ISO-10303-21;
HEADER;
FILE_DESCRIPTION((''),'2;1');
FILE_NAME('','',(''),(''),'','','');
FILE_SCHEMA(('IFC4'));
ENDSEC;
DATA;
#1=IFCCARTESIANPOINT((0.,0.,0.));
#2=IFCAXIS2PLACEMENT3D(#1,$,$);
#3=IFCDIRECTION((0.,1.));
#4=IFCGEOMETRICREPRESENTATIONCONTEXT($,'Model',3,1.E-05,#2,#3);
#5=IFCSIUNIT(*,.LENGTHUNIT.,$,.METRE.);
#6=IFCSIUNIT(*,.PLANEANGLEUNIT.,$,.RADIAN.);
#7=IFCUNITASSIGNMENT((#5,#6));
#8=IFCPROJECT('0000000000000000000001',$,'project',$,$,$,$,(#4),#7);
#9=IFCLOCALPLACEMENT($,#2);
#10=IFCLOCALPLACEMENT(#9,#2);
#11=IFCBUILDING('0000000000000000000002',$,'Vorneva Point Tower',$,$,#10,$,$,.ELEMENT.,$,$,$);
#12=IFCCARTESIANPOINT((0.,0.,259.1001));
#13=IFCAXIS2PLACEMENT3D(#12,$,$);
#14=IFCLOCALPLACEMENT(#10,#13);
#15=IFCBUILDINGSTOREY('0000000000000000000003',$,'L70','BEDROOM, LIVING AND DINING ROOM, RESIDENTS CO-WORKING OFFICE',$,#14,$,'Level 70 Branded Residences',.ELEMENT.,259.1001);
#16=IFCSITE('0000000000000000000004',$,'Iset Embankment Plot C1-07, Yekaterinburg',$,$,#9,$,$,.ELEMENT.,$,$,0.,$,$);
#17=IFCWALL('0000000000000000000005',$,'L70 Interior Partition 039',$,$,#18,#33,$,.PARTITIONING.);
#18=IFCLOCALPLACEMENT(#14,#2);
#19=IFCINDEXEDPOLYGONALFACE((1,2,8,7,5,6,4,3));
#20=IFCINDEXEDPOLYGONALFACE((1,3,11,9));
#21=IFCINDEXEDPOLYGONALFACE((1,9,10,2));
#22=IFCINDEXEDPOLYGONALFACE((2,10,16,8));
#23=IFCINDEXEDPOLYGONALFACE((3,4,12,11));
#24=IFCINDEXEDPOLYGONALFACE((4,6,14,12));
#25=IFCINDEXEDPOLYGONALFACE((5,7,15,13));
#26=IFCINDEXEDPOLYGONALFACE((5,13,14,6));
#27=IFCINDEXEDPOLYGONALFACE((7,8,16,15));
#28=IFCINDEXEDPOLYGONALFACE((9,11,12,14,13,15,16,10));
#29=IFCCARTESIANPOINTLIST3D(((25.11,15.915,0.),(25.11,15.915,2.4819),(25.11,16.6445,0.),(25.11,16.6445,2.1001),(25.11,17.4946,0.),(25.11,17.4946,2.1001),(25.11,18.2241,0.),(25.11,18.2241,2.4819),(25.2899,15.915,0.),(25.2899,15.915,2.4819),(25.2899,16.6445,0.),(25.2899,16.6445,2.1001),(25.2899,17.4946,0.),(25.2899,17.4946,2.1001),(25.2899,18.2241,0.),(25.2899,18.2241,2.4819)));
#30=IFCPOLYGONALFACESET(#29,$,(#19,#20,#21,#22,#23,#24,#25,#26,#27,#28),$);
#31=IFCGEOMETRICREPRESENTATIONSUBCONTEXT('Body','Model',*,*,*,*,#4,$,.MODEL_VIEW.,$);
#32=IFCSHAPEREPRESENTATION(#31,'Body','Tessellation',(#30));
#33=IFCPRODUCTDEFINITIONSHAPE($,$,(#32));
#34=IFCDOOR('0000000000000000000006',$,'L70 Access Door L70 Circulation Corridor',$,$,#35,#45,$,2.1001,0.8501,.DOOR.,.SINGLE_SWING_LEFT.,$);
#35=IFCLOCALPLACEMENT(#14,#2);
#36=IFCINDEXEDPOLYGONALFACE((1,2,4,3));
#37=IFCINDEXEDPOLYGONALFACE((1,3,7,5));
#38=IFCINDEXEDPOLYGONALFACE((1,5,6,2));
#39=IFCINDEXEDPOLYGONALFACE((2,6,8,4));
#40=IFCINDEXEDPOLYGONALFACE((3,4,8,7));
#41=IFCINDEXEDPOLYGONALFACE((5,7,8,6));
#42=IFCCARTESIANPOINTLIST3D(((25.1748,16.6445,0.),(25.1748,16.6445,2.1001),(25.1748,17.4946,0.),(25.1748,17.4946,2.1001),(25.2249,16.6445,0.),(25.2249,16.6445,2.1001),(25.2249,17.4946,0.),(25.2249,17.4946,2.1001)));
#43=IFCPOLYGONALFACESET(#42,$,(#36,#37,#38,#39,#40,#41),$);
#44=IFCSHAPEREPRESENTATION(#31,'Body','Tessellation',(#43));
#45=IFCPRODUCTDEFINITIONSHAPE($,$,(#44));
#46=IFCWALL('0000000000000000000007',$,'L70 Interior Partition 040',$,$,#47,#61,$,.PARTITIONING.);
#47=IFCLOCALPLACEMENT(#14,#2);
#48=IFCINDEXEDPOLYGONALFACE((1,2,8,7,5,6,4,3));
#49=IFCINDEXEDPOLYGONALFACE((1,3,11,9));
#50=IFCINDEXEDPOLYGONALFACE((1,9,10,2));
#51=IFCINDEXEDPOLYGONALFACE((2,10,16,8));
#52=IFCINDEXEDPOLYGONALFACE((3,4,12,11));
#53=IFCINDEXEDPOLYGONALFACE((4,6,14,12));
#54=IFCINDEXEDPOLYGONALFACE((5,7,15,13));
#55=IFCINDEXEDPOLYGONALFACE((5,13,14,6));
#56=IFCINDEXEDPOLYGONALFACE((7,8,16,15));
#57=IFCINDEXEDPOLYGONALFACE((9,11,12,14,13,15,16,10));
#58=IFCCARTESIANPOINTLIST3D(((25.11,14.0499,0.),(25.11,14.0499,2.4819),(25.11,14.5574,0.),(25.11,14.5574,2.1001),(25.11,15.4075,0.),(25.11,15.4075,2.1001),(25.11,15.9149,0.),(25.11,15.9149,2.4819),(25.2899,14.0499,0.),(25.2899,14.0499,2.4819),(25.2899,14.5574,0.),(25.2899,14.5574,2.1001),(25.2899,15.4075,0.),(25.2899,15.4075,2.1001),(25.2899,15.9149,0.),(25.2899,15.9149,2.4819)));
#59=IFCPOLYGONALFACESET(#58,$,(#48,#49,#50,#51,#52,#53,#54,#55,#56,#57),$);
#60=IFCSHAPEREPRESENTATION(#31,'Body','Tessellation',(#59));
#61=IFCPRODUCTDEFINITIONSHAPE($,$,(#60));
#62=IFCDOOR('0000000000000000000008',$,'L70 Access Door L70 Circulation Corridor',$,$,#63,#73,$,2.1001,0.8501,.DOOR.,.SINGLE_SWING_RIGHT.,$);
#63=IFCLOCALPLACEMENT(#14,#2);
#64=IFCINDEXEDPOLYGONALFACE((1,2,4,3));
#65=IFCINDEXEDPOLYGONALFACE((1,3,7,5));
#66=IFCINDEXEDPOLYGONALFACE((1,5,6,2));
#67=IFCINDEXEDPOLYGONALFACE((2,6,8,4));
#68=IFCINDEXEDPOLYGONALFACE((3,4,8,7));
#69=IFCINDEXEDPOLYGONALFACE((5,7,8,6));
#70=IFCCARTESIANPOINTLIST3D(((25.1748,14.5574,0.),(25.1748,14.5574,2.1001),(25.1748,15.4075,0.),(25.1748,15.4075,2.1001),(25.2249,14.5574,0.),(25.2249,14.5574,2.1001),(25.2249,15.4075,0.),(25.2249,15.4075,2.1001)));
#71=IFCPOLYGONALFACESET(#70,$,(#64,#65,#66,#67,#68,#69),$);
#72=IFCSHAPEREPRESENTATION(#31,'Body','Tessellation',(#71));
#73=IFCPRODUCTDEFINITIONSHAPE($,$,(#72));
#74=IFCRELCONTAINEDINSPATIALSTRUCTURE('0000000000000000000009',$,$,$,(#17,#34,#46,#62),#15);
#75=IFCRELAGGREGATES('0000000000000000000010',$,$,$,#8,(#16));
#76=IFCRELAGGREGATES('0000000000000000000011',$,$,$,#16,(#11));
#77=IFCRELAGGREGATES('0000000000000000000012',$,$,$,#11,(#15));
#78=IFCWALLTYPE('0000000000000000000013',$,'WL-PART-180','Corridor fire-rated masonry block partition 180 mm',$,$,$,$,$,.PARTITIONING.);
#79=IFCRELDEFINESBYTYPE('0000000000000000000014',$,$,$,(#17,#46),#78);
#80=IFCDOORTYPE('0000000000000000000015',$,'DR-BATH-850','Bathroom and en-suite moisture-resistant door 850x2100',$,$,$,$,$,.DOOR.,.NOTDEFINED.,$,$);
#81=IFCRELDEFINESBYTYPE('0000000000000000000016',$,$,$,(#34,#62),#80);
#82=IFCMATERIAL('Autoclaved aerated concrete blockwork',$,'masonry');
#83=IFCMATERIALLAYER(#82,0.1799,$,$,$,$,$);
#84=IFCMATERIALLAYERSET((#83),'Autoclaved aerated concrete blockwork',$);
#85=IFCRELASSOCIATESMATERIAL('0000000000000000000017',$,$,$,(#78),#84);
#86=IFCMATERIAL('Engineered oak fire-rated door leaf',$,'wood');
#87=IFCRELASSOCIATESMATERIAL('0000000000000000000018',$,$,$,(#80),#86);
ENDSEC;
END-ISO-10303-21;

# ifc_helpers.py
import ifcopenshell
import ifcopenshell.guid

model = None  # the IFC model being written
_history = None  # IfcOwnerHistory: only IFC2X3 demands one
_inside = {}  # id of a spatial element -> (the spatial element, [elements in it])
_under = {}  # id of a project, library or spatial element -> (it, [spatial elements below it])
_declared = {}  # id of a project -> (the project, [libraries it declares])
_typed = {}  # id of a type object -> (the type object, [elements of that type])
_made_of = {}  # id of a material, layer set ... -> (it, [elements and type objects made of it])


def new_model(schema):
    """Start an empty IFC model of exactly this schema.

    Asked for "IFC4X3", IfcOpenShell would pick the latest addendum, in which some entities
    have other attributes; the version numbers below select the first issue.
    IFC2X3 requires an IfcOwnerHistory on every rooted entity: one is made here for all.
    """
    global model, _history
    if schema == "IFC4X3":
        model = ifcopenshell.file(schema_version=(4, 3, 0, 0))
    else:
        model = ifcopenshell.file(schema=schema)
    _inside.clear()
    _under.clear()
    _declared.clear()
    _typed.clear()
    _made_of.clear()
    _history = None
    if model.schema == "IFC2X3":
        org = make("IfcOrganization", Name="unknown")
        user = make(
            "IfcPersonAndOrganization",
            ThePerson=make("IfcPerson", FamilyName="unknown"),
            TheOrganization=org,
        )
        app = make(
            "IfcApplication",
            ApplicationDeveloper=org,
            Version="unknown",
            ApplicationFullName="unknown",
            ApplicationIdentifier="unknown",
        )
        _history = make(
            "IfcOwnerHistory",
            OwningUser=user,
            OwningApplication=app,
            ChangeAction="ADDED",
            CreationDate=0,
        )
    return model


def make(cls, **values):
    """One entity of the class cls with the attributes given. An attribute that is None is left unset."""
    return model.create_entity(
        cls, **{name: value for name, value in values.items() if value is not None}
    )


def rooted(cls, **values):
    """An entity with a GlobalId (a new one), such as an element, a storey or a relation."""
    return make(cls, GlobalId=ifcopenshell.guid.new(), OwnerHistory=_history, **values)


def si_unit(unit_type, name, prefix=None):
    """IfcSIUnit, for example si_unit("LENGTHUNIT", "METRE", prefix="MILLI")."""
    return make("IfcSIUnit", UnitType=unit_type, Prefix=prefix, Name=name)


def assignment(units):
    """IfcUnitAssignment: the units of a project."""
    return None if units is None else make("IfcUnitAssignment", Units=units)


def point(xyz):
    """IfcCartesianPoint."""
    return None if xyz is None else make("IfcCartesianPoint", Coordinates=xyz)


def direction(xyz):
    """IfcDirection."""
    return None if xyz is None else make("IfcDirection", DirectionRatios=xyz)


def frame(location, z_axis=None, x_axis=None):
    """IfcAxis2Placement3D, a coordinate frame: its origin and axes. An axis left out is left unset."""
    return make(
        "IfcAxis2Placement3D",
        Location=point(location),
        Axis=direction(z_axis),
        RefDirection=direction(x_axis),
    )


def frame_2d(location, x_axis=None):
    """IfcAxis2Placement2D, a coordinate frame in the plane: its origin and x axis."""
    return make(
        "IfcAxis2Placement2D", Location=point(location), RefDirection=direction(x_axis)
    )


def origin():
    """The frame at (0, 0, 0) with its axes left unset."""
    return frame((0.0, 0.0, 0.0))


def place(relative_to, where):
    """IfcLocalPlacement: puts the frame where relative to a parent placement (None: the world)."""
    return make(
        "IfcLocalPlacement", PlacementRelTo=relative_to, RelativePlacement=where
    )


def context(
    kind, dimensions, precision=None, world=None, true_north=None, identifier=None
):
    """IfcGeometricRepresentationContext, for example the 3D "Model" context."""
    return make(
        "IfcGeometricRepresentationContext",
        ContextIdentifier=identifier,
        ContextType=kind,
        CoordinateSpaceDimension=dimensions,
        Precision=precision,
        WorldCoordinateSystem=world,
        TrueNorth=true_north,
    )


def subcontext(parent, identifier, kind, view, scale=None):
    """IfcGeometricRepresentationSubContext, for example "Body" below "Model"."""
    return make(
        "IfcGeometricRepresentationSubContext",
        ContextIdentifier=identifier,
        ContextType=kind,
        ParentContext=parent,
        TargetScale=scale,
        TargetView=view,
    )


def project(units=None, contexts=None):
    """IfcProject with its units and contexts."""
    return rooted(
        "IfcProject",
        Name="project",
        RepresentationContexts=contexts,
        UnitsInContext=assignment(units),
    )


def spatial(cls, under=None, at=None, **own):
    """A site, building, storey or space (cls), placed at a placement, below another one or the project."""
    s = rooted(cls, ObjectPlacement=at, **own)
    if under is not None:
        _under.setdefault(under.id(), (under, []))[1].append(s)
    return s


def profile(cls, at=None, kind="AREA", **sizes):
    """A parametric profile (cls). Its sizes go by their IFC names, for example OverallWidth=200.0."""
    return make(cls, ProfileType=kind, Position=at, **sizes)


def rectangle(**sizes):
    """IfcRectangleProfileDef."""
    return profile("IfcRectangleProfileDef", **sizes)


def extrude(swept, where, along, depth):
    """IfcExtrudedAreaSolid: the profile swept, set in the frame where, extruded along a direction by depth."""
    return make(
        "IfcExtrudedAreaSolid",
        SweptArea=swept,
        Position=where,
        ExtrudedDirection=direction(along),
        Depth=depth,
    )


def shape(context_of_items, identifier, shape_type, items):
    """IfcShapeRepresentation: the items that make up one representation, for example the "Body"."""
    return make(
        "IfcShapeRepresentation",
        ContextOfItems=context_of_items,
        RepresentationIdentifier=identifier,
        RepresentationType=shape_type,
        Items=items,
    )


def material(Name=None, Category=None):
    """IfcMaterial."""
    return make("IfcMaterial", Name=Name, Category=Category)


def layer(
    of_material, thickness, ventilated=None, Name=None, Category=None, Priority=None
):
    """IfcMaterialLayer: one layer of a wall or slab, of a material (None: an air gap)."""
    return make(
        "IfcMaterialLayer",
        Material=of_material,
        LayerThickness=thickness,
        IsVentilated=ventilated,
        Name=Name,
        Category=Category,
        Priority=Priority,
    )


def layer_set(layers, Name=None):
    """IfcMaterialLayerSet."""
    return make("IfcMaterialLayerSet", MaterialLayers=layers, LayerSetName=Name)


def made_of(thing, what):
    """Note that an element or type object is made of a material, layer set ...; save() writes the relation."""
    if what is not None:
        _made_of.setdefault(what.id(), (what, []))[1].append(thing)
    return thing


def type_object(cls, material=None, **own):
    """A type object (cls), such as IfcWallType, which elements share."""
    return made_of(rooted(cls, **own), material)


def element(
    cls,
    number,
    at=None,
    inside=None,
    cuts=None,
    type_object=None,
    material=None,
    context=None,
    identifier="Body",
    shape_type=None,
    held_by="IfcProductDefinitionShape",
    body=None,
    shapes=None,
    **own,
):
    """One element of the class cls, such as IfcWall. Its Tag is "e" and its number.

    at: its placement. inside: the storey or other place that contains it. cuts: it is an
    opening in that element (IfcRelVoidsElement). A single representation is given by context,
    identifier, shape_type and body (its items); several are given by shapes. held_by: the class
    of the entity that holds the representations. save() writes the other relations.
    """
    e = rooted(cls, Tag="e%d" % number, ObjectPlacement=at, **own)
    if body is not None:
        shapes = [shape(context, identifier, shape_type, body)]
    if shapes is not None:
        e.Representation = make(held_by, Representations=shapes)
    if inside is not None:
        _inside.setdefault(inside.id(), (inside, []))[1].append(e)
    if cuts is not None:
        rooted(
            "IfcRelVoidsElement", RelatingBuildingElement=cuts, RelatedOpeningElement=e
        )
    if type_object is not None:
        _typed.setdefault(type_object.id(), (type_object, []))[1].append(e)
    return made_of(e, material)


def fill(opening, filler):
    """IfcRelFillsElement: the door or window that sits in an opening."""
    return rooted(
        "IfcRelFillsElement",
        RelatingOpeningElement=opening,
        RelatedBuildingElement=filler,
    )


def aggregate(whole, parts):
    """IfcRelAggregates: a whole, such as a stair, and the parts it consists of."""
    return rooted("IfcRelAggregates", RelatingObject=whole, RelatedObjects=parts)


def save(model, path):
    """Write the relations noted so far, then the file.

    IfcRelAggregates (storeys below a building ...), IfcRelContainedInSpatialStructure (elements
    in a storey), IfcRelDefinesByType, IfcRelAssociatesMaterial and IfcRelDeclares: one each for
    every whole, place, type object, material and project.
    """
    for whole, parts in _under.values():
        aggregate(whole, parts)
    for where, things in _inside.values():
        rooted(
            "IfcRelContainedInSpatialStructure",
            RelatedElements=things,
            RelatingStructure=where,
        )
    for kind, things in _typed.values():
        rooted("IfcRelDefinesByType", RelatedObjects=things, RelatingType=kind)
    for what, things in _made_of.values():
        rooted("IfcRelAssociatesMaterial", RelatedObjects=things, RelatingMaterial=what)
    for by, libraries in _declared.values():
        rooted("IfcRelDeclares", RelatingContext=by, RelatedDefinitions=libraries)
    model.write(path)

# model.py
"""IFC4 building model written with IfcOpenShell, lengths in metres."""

from ifc_helpers import new_model, si_unit, direction, frame, frame_2d, origin, place, context, subcontext, project, spatial, rectangle, extrude, material, layer, layer_set, type_object, element, fill, save


model = new_model("IFC4")

# Units and contexts
model_context = context("Model", 3, precision=1e-05, world=origin(), true_north=direction((0.0, 1.0)))
body_context = subcontext(model_context, "Body", "Model", "MODEL_VIEW")
ifc_project = project(units=[si_unit("LENGTHUNIT", "METRE"), si_unit("PLANEANGLEUNIT", "RADIAN")], contexts=[model_context])

# Site, building, storey
site_placement = place(None, origin())
site = spatial("IfcSite", under=ifc_project, at=site_placement, Name="Iset Embankment Plot C1-07, Yekaterinburg", CompositionType="ELEMENT", RefElevation=0.0)
building_placement = place(site_placement, origin())
building = spatial("IfcBuilding", under=site, at=building_placement, Name="Vorneva Point Tower", CompositionType="ELEMENT")
storey_placement = place(building_placement, frame((0.0, 0.0, 259.1001)))
storey = spatial("IfcBuildingStorey", under=building, at=storey_placement, Name="L70", Description="BEDROOM, LIVING AND DINING ROOM, RESIDENTS CO-WORKING OFFICE", LongName="Level 70 Branded Residences", CompositionType="ELEMENT", Elevation=259.1001)

# Shared definitions
ifc_material_1 = material(Name="Engineered oak fire-rated door leaf", Category="wood")

# Shared definitions
ifc_material_2 = material(Name="Autoclaved aerated concrete blockwork", Category="masonry")
ifc_layer_1 = layer(ifc_material_2, 0.1799)
ifc_layer_set_1 = layer_set([ifc_layer_1], Name="Autoclaved aerated concrete blockwork")
wall_type_1 = type_object("IfcWallType", Name="WL-PART-180", Description="Corridor fire-rated masonry block partition 180 mm", PredefinedType="PARTITIONING", material=ifc_layer_set_1)

# Walls, openings, doors
door_type_1 = type_object("IfcDoorType", Name="DR-BATH-850", Description="Bathroom and en-suite moisture-resistant door 850x2100", OperationType="NOTDEFINED", PredefinedType="DOOR", material=ifc_material_1)
wall_1_placement = place(storey_placement, frame((25.2, 18.2241, 0.0), z_axis=(0.0, 0.0, 1.0), x_axis=(0.0, -1.0, 0.0)))
wall_1 = element("IfcWall", 1, at=wall_1_placement, inside=storey, type_object=wall_type_1, Name="L70 Interior Partition 039", PredefinedType="PARTITIONING", context=body_context, shape_type="SweptSolid", body=[
    extrude(rectangle(XDim=2.3091, YDim=0.1799, at=frame_2d((1.1545, 0.0))), origin(), (0.0, 0.0, 1.0), 2.4819),
])
opening_1_placement = place(wall_1_placement, frame((0.7295, 0.0, 0.0)))
opening_1 = element("IfcOpeningElement", 2, at=opening_1_placement, cuts=wall_1, PredefinedType="OPENING", context=body_context, shape_type="SweptSolid", body=[
    extrude(rectangle(XDim=0.8501, YDim=2.1001, at=frame_2d((0.425, 1.05))), frame((0.0, 0.105, 0.0), z_axis=(0.0, -1.0, 0.0), x_axis=(1.0, 0.0, 0.0)), (0.0, 0.0, 1.0), 0.2097),
])
door_1_placement = place(opening_1_placement, origin())
door_1 = element("IfcDoor", 3, at=door_1_placement, inside=storey, type_object=door_type_1, Name="L70 Access Door L70 Circulation Corridor", OperationType="SINGLE_SWING_LEFT", OverallHeight=2.1001, OverallWidth=0.8501, PredefinedType="DOOR", context=body_context, shape_type="SweptSolid", body=[
    extrude(rectangle(XDim=0.8501, YDim=2.1001, at=frame_2d((0.425, 1.05))), frame((0.0, 0.0249, 0.0), z_axis=(0.0, -1.0, 0.0), x_axis=(1.0, 0.0, 0.0)), (0.0, 0.0, 1.0), 0.05),
])
fill(opening_1, door_1)
wall_2_placement = place(storey_placement, frame((25.2, 15.915, 0.0), z_axis=(0.0, 0.0, 1.0), x_axis=(0.0, -1.0, 0.0)))
wall_2 = element("IfcWall", 4, at=wall_2_placement, inside=storey, type_object=wall_type_1, Name="L70 Interior Partition 040", PredefinedType="PARTITIONING", context=body_context, shape_type="SweptSolid", body=[
    extrude(rectangle(XDim=1.865, YDim=0.1799, at=frame_2d((0.9326, 0.0))), origin(), (0.0, 0.0, 1.0), 2.4819),
])
opening_2_placement = place(wall_2_placement, frame((0.5076, 0.0, 0.0)))
opening_2 = element("IfcOpeningElement", 5, at=opening_2_placement, cuts=wall_2, PredefinedType="OPENING", context=body_context, shape_type="SweptSolid", body=[
    extrude(rectangle(XDim=0.8501, YDim=2.1001, at=frame_2d((0.425, 1.05))), frame((0.0, 0.105, 0.0), z_axis=(0.0, -1.0, 0.0), x_axis=(1.0, 0.0, 0.0)), (0.0, 0.0, 1.0), 0.2097),
])
door_2_placement = place(opening_2_placement, origin())
door_2 = element("IfcDoor", 6, at=door_2_placement, inside=storey, type_object=door_type_1, Name="L70 Access Door L70 Circulation Corridor", OperationType="SINGLE_SWING_RIGHT", OverallHeight=2.1001, OverallWidth=0.8501, PredefinedType="DOOR", context=body_context, shape_type="SweptSolid", body=[
    extrude(rectangle(XDim=0.8501, YDim=2.1001, at=frame_2d((0.425, 1.05))), frame((0.0, 0.0249, 0.0), z_axis=(0.0, -1.0, 0.0), x_axis=(1.0, 0.0, 0.0)), (0.0, 0.0, 1.0), 0.05),
])
fill(opening_2, door_2)

save(model, "model.ifc")
